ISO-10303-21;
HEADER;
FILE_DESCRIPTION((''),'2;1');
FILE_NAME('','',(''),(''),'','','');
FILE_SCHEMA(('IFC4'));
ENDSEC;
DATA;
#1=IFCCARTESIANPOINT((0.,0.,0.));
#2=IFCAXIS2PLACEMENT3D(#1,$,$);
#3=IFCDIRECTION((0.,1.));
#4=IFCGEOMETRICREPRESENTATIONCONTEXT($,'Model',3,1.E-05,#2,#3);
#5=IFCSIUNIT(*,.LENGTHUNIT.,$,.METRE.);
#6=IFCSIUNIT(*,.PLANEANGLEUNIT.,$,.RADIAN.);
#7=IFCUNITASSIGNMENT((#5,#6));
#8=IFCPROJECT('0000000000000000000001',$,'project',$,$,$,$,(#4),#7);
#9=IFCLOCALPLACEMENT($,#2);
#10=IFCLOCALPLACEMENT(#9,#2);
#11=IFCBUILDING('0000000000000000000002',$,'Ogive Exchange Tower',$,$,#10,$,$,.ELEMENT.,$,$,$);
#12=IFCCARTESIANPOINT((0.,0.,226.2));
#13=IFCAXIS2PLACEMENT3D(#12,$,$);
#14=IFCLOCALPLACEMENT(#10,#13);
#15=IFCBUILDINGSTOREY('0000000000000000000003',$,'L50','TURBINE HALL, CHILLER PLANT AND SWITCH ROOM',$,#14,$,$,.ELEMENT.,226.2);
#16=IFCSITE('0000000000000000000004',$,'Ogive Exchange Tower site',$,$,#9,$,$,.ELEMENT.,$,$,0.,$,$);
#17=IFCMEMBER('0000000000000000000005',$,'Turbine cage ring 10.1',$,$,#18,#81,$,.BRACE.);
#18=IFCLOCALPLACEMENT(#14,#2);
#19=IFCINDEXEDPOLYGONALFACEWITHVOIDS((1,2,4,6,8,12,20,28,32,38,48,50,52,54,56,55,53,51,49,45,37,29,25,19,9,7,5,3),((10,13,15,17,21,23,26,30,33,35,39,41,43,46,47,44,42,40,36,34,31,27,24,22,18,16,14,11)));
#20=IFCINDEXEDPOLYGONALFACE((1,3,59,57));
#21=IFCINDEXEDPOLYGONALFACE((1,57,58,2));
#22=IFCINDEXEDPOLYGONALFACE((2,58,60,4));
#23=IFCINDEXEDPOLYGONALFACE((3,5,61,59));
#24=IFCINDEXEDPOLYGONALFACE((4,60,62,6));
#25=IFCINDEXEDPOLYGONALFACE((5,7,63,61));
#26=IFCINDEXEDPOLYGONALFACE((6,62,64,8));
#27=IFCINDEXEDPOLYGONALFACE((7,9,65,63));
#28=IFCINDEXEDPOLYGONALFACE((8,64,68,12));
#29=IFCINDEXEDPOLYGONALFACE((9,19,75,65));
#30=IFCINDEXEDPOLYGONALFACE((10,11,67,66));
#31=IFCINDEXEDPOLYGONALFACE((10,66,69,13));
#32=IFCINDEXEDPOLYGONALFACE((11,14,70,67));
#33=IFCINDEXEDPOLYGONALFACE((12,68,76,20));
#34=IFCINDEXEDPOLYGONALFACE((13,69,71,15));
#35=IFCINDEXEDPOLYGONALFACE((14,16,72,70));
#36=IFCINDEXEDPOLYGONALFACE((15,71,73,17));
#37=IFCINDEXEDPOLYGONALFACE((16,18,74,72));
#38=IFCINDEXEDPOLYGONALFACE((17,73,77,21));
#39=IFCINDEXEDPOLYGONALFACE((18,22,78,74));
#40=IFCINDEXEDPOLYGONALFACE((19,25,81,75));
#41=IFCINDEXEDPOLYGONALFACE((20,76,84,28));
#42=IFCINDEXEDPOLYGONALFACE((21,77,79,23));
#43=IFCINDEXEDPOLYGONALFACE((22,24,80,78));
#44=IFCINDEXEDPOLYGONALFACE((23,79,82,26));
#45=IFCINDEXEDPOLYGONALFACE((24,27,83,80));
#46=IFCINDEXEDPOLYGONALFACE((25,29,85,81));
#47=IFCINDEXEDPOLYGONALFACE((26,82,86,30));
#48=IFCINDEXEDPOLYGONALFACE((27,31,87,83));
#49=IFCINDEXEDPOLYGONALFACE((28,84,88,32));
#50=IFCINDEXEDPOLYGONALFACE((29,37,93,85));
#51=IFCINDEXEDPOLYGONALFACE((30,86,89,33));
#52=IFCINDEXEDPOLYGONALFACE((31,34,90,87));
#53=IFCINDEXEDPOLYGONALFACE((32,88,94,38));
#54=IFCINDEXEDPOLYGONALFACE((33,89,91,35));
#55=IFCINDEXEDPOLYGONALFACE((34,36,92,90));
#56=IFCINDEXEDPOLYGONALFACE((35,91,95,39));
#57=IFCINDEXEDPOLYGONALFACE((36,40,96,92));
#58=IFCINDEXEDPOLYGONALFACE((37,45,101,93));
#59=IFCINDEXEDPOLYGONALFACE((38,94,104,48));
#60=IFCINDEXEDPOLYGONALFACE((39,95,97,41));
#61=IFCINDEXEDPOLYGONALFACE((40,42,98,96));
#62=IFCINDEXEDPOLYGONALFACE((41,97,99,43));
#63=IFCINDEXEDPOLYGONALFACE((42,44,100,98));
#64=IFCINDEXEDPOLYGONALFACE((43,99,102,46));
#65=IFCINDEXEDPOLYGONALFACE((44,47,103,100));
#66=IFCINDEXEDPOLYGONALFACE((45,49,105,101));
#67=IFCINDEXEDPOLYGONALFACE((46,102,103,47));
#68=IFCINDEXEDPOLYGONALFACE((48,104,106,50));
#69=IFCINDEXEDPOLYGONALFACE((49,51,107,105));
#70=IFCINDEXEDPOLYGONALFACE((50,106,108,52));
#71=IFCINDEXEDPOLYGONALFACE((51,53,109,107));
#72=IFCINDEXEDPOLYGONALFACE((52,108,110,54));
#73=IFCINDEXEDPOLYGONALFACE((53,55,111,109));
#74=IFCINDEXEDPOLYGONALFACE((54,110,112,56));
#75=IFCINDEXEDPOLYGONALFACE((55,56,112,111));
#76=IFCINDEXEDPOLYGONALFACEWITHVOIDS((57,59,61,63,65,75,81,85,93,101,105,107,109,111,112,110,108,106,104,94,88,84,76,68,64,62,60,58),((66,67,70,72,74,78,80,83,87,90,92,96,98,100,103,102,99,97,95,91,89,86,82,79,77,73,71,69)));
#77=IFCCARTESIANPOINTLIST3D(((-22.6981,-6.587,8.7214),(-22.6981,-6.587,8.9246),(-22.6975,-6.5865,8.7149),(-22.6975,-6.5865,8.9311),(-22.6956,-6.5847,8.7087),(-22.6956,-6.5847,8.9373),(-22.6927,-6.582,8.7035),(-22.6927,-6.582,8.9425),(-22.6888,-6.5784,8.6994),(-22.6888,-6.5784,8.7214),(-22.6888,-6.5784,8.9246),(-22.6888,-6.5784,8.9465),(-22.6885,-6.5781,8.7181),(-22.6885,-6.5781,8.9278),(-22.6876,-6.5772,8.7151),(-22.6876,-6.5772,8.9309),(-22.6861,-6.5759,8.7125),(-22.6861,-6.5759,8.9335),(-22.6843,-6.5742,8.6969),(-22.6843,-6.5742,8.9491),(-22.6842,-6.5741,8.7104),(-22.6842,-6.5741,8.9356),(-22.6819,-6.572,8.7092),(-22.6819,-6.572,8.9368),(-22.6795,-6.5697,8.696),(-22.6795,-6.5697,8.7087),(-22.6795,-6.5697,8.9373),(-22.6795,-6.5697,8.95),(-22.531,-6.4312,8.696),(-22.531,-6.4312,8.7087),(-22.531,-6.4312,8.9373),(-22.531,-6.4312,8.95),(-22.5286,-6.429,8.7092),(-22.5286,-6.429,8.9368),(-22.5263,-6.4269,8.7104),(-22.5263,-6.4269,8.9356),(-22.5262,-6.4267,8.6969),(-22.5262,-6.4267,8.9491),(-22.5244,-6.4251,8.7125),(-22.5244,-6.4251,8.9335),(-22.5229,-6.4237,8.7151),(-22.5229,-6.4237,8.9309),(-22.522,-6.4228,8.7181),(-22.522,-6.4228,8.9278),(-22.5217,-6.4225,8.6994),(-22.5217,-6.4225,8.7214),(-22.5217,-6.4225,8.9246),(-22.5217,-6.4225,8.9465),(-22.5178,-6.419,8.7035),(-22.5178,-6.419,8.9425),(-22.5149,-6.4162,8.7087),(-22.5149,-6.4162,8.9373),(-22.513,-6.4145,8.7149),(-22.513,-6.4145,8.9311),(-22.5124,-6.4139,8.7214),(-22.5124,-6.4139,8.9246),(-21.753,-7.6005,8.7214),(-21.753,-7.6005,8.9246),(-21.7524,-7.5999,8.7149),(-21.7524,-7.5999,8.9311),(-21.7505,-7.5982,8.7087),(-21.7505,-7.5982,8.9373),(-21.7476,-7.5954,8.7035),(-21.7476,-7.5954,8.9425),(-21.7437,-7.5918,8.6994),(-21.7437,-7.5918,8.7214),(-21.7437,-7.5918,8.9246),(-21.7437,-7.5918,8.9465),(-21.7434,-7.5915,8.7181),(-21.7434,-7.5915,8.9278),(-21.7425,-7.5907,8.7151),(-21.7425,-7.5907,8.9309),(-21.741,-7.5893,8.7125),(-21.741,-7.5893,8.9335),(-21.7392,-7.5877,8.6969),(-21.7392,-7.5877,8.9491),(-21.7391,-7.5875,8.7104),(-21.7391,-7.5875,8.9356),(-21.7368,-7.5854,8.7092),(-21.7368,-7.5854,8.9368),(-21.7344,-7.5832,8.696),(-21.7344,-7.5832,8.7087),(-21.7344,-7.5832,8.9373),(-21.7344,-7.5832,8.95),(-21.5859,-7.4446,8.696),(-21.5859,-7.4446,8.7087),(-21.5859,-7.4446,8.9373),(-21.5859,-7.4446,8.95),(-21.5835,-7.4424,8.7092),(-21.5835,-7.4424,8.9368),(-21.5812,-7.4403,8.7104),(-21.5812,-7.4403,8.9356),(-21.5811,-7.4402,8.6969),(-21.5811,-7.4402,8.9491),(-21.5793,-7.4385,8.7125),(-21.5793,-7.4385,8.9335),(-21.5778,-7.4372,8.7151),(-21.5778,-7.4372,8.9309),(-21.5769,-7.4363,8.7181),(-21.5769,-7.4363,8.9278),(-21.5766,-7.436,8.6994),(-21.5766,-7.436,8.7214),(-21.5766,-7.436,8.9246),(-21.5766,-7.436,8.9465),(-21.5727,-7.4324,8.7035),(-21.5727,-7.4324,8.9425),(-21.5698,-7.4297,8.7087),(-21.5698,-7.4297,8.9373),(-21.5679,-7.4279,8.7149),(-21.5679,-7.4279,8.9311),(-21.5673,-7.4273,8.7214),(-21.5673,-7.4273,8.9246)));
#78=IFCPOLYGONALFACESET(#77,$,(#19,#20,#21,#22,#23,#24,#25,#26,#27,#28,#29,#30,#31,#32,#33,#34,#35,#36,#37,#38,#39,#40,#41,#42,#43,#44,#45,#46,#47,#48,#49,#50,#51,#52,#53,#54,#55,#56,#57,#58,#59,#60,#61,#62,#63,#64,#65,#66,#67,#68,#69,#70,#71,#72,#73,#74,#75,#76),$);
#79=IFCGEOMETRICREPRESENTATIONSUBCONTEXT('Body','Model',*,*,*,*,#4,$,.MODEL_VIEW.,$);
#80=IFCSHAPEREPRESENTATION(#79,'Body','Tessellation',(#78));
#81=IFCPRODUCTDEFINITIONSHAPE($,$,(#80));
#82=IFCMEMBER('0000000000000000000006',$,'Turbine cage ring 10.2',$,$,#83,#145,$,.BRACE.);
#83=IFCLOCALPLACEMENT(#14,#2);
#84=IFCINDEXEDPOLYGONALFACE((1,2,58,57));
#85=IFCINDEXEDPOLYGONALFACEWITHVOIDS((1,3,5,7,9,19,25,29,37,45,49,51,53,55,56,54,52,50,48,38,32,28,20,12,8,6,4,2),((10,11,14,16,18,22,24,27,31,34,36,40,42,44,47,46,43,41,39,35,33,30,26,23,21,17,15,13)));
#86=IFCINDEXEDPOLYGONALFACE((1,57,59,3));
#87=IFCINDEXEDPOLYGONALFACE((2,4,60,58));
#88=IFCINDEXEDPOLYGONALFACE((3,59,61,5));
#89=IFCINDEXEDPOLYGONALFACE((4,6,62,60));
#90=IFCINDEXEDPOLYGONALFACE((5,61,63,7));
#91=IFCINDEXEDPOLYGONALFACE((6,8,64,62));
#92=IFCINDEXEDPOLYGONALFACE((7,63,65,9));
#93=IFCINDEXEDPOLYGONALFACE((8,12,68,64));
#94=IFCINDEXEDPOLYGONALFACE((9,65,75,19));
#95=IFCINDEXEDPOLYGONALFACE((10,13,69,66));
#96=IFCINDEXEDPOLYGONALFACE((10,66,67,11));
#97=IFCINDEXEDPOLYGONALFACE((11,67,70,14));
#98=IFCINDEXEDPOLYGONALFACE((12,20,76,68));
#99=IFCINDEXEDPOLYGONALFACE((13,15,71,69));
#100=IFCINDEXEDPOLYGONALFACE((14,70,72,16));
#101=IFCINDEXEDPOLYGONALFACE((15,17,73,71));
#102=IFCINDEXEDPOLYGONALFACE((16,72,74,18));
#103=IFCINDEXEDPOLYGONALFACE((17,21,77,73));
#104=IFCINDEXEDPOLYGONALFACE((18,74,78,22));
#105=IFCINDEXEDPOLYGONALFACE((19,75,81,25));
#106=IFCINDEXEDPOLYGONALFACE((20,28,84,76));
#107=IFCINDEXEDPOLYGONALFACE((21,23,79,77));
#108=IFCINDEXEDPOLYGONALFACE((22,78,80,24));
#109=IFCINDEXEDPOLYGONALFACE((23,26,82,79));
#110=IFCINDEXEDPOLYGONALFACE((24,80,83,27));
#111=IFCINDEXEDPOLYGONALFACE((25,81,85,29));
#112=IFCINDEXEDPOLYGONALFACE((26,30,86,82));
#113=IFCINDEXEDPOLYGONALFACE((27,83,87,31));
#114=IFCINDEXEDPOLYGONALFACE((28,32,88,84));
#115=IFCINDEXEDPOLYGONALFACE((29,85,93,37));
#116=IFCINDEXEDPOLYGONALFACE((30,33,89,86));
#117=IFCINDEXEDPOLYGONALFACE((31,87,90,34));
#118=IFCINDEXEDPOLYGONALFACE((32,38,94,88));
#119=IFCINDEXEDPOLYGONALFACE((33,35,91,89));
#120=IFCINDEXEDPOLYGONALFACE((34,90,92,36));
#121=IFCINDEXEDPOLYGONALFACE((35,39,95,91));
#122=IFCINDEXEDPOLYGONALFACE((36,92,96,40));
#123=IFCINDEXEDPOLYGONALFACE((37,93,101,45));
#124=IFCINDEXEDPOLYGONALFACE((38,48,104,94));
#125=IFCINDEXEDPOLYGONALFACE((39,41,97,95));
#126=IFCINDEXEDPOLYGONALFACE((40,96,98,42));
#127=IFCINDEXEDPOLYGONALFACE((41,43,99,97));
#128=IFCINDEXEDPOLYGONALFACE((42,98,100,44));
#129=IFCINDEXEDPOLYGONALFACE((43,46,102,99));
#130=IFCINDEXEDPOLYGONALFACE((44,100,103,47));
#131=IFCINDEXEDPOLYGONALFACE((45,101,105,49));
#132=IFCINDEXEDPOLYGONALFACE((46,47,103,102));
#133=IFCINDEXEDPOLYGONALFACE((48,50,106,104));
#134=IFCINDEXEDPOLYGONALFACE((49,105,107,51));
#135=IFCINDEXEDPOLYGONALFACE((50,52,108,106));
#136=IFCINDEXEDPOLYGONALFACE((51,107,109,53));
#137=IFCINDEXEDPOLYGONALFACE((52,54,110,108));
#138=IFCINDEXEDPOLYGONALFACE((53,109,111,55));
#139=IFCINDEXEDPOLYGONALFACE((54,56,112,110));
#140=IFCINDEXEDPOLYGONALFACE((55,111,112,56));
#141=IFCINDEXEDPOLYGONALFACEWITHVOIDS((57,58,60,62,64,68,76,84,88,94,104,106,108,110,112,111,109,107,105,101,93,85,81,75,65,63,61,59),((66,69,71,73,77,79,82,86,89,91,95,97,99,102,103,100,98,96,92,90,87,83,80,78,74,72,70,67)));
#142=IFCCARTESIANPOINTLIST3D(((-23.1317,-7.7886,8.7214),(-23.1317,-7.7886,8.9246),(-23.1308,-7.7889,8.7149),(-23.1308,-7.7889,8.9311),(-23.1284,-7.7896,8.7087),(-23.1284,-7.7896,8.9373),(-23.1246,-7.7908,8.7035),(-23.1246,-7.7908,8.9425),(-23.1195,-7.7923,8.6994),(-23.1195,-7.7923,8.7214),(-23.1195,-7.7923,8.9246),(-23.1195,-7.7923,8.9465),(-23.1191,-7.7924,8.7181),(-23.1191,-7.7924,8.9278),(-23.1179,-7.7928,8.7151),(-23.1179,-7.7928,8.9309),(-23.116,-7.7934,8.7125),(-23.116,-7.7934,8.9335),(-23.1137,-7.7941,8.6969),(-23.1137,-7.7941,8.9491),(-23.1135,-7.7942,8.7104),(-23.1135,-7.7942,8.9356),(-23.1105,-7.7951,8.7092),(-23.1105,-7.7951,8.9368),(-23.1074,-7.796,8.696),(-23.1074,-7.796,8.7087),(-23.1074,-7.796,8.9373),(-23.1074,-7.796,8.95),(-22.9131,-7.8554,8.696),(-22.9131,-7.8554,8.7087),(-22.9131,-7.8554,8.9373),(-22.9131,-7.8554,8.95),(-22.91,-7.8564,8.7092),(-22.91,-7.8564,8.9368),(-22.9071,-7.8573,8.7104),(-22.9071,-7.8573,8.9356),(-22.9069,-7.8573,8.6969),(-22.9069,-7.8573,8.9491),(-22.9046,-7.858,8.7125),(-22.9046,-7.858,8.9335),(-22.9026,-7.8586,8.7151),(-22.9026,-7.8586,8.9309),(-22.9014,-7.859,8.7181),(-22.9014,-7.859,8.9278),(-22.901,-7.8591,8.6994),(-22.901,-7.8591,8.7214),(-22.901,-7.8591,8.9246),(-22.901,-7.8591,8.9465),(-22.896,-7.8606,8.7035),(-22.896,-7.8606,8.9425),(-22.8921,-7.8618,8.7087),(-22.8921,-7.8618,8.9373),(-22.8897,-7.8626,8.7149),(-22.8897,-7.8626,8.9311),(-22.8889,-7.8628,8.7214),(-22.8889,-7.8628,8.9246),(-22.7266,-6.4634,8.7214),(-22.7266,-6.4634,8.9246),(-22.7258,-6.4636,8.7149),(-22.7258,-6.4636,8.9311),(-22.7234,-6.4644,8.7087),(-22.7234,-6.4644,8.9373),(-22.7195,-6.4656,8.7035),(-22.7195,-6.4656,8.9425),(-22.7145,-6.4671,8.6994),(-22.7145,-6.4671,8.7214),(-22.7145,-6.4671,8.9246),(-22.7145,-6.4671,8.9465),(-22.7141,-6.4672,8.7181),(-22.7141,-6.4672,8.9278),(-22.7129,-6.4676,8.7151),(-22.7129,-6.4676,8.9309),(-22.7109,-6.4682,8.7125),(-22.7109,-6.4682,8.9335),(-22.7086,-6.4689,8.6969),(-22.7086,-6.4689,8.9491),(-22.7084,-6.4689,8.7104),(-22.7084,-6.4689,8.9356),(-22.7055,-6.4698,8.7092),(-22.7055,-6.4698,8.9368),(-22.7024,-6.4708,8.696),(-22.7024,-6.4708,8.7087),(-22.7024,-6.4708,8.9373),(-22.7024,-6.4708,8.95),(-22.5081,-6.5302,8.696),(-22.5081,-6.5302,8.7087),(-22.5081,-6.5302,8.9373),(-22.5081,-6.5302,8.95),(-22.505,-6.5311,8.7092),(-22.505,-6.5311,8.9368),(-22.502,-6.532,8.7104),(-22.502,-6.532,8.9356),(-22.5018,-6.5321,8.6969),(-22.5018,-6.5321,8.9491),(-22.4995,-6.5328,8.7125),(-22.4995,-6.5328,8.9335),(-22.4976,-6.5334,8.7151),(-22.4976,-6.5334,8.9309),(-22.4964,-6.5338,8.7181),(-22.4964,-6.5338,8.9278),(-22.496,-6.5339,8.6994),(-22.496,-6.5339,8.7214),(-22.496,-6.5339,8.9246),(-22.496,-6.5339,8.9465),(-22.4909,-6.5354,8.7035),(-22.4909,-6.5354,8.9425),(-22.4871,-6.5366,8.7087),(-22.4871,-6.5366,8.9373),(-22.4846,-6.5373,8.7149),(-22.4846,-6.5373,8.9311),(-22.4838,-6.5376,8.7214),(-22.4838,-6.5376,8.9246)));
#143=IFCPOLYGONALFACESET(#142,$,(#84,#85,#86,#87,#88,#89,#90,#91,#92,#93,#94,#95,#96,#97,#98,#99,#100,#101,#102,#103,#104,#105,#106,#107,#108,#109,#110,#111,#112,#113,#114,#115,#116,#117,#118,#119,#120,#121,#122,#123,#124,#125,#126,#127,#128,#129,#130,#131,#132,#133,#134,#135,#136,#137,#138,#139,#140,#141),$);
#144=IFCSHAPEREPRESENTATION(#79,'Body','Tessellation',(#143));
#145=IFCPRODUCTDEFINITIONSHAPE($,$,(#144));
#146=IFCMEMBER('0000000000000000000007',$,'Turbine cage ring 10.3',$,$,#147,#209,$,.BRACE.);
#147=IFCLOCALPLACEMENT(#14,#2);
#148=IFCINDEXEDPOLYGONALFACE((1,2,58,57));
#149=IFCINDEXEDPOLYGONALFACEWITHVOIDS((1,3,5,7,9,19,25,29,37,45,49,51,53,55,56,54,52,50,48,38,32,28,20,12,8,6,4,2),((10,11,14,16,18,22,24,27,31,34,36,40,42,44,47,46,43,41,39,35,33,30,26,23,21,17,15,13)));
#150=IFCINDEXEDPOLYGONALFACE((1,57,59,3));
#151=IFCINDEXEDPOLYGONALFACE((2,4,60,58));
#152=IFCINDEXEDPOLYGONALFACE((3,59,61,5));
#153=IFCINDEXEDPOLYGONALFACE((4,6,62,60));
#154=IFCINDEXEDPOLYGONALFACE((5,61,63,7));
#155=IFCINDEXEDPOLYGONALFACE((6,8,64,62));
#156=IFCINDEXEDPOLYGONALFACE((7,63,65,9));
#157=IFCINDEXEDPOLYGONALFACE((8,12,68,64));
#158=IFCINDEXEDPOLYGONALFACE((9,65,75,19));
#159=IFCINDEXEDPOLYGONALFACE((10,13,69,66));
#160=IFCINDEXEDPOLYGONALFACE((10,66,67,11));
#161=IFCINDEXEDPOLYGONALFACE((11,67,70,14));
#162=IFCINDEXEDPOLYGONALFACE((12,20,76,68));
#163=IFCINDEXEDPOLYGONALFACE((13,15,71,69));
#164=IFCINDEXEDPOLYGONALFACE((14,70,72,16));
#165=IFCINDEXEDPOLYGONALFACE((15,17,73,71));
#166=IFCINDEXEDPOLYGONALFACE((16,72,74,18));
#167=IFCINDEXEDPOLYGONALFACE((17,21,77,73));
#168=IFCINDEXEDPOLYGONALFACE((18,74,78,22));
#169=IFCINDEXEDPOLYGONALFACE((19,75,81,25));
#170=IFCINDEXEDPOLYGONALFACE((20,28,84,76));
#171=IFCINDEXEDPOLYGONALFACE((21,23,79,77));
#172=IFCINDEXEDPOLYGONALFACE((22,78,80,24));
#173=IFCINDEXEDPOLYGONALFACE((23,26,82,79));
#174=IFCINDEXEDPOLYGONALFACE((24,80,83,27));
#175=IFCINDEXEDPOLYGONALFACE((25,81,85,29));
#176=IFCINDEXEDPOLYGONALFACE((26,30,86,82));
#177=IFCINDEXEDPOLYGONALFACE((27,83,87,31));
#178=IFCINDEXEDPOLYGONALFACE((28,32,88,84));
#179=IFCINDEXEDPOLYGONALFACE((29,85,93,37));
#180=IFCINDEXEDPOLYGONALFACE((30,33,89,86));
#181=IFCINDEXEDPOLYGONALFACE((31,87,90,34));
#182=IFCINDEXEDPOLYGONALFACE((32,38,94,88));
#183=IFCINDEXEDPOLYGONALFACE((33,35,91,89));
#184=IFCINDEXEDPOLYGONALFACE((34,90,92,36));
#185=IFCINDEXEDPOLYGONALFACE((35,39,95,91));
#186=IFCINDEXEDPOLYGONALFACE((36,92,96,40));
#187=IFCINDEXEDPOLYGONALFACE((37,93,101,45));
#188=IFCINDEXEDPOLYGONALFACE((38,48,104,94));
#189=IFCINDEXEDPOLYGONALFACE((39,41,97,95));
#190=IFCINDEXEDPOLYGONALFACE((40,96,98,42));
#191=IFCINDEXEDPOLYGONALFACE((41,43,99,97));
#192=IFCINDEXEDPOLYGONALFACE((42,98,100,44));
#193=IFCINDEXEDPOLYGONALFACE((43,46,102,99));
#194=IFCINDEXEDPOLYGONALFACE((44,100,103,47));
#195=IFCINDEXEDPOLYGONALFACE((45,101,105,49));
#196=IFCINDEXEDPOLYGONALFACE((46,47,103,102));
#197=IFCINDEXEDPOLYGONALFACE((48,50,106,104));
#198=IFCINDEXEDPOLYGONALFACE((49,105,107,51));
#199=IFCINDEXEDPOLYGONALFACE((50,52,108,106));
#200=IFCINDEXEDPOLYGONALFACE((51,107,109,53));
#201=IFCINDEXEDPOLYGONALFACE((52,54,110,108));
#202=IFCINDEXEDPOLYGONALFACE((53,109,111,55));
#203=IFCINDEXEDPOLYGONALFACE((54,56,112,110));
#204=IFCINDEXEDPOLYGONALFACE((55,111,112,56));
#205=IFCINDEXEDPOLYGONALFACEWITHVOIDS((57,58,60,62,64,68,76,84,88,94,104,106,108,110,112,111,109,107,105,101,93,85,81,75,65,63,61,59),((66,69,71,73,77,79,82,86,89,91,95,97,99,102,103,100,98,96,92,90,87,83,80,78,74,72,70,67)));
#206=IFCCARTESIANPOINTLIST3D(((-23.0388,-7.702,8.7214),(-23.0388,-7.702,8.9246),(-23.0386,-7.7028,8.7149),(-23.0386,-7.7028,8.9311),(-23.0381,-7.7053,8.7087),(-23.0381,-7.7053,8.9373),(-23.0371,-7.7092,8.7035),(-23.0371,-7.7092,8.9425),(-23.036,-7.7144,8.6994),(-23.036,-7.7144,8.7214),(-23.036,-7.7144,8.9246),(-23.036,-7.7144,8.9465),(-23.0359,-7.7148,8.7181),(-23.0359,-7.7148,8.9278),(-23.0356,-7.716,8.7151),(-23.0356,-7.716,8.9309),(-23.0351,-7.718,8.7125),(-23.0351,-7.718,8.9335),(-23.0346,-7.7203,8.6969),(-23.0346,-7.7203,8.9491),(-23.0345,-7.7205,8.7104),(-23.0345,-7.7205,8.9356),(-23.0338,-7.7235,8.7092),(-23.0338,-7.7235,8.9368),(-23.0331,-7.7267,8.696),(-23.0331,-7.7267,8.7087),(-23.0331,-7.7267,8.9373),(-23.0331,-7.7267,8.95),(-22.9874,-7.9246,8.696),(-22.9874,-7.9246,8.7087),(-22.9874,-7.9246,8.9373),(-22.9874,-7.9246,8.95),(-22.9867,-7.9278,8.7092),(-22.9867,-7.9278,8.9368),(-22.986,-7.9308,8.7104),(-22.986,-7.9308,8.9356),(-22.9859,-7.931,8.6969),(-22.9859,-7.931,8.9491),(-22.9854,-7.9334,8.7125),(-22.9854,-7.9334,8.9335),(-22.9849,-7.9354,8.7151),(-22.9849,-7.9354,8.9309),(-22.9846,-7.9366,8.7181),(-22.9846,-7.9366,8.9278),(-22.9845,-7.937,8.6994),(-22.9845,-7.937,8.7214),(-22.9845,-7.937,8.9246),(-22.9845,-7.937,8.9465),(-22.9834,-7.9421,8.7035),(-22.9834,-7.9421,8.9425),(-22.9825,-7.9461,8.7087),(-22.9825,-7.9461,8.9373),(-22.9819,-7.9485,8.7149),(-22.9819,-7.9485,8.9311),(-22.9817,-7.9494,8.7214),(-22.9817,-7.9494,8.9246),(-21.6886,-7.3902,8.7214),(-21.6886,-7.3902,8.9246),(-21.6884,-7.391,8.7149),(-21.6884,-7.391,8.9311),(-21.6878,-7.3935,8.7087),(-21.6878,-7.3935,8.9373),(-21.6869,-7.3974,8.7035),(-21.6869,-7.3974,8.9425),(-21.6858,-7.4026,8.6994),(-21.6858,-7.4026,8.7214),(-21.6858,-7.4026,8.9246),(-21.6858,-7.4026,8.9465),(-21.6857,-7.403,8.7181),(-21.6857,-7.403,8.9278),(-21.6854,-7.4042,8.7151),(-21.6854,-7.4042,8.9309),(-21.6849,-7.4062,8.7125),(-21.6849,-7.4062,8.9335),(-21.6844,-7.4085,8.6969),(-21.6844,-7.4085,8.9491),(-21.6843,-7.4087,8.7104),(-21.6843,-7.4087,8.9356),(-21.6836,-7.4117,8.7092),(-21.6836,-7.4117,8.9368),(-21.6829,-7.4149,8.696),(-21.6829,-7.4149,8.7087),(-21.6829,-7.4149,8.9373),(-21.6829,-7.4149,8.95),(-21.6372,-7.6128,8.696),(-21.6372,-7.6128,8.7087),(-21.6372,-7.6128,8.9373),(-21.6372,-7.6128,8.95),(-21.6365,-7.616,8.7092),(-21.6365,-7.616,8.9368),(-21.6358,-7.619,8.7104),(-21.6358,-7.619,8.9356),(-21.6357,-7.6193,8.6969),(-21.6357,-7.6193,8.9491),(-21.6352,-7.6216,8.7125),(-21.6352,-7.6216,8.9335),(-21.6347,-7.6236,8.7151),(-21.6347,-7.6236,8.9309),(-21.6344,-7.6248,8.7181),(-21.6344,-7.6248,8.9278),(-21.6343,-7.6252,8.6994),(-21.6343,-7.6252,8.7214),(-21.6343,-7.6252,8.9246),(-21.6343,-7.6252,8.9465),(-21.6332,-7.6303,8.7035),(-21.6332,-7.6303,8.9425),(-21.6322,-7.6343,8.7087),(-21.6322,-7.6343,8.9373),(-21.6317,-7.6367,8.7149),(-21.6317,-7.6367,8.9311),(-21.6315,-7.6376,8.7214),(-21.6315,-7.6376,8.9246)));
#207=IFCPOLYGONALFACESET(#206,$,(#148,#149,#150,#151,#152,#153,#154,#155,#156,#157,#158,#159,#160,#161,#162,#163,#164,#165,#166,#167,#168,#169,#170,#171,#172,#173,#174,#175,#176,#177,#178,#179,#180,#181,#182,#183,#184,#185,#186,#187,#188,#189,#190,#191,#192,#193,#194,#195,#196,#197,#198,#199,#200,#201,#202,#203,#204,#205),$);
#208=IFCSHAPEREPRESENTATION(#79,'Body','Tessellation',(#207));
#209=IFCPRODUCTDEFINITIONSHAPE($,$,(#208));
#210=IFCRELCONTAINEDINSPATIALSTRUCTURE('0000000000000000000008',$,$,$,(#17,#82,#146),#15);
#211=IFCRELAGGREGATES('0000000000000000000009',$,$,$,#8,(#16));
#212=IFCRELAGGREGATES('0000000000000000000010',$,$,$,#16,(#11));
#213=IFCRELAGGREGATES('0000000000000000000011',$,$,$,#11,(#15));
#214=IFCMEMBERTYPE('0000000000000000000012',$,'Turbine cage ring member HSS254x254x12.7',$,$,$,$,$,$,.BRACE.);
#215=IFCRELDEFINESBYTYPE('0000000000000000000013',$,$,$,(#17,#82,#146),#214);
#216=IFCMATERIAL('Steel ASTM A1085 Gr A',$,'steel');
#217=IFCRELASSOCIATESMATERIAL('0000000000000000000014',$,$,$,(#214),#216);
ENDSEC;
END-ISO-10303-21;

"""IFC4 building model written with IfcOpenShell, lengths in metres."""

from ifc_helpers import new_model, si_unit, direction, frame, origin, origin_2d, place, context, subcontext, project, spatial, hollow_rectangle, extrude, material, material_profile, profile_set, type_object, element, save


model = new_model("IFC4")

# Units and contexts
model_context = context("Model", 3, precision=1e-05, world=origin(), true_north=direction((0.0, 1.0)))
body_context = subcontext(model_context, "Body", "Model", "MODEL_VIEW")
ifc_project = project(units=[si_unit("LENGTHUNIT", "METRE"), si_unit("PLANEANGLEUNIT", "RADIAN")], contexts=[model_context])

# Site, building, storey
site_placement = place(None, origin())
site = spatial("IfcSite", under=ifc_project, at=site_placement, Name="Ogive Exchange Tower site", CompositionType="ELEMENT", RefElevation=0.0)
building_placement = place(site_placement, origin())
building = spatial("IfcBuilding", under=site, at=building_placement, Name="Ogive Exchange Tower", CompositionType="ELEMENT")
storey_placement = place(building_placement, frame((0.0, 0.0, 226.2)))
storey = spatial("IfcBuildingStorey", under=building, at=storey_placement, Name="L50", Description="TURBINE HALL, CHILLER PLANT AND SWITCH ROOM", CompositionType="ELEMENT", Elevation=226.2)

# Shared definitions
ifc_material_1 = material(Name="Steel ASTM A1085 Gr A", Category="steel")

# Members
ifc_material_profile_1 = material_profile(ifc_material_1, hollow_rectangle(XDim=0.2539, YDim=0.2539, WallThickness=0.0127, InnerFilletRadius=0.0127, OuterFilletRadius=0.0254, at=origin_2d()), Name="HSS254x254x12.7")
ifc_profile_set_1 = profile_set([ifc_material_profile_1], Name="Steel ASTM A1085 Gr A")
member_type_1 = type_object("IfcMemberType", Name="Turbine cage ring member HSS254x254x12.7", PredefinedType="BRACE", material=ifc_profile_set_1)
for number, where, z_axis, x_axis, name in (
    (1, (-21.6602, -7.5139, 8.823), (-0.682011, 0.731342, 0.0), (-0.731342, -0.682011, 0.0), "Turbine cage ring 10.1"),
    (2, (-22.6052, -6.5005, 8.823), (-0.29229, -0.95633, 0.0), (0.95633, -0.29229, 0.0), "Turbine cage ring 10.2"),
    (3, (-23.0103, -7.8257, 8.823), (0.974359, 0.225001, 0.0), (-0.225001, 0.974359, 0.0), "Turbine cage ring 10.3"),
):
    element("IfcMember", number, at=place(storey_placement, frame(where, z_axis=z_axis, x_axis=x_axis)), inside=storey, type_object=member_type_1, Name=name, PredefinedType="BRACE", context=body_context, shape_type="SweptSolid", body=[
        extrude(hollow_rectangle(XDim=0.2539, YDim=0.2539, WallThickness=0.0127, InnerFilletRadius=0.0127, OuterFilletRadius=0.0254, at=origin_2d()), origin(), (0.0, 0.0, 1.0), 1.3857),
    ])

save(model, "model.ifc")
